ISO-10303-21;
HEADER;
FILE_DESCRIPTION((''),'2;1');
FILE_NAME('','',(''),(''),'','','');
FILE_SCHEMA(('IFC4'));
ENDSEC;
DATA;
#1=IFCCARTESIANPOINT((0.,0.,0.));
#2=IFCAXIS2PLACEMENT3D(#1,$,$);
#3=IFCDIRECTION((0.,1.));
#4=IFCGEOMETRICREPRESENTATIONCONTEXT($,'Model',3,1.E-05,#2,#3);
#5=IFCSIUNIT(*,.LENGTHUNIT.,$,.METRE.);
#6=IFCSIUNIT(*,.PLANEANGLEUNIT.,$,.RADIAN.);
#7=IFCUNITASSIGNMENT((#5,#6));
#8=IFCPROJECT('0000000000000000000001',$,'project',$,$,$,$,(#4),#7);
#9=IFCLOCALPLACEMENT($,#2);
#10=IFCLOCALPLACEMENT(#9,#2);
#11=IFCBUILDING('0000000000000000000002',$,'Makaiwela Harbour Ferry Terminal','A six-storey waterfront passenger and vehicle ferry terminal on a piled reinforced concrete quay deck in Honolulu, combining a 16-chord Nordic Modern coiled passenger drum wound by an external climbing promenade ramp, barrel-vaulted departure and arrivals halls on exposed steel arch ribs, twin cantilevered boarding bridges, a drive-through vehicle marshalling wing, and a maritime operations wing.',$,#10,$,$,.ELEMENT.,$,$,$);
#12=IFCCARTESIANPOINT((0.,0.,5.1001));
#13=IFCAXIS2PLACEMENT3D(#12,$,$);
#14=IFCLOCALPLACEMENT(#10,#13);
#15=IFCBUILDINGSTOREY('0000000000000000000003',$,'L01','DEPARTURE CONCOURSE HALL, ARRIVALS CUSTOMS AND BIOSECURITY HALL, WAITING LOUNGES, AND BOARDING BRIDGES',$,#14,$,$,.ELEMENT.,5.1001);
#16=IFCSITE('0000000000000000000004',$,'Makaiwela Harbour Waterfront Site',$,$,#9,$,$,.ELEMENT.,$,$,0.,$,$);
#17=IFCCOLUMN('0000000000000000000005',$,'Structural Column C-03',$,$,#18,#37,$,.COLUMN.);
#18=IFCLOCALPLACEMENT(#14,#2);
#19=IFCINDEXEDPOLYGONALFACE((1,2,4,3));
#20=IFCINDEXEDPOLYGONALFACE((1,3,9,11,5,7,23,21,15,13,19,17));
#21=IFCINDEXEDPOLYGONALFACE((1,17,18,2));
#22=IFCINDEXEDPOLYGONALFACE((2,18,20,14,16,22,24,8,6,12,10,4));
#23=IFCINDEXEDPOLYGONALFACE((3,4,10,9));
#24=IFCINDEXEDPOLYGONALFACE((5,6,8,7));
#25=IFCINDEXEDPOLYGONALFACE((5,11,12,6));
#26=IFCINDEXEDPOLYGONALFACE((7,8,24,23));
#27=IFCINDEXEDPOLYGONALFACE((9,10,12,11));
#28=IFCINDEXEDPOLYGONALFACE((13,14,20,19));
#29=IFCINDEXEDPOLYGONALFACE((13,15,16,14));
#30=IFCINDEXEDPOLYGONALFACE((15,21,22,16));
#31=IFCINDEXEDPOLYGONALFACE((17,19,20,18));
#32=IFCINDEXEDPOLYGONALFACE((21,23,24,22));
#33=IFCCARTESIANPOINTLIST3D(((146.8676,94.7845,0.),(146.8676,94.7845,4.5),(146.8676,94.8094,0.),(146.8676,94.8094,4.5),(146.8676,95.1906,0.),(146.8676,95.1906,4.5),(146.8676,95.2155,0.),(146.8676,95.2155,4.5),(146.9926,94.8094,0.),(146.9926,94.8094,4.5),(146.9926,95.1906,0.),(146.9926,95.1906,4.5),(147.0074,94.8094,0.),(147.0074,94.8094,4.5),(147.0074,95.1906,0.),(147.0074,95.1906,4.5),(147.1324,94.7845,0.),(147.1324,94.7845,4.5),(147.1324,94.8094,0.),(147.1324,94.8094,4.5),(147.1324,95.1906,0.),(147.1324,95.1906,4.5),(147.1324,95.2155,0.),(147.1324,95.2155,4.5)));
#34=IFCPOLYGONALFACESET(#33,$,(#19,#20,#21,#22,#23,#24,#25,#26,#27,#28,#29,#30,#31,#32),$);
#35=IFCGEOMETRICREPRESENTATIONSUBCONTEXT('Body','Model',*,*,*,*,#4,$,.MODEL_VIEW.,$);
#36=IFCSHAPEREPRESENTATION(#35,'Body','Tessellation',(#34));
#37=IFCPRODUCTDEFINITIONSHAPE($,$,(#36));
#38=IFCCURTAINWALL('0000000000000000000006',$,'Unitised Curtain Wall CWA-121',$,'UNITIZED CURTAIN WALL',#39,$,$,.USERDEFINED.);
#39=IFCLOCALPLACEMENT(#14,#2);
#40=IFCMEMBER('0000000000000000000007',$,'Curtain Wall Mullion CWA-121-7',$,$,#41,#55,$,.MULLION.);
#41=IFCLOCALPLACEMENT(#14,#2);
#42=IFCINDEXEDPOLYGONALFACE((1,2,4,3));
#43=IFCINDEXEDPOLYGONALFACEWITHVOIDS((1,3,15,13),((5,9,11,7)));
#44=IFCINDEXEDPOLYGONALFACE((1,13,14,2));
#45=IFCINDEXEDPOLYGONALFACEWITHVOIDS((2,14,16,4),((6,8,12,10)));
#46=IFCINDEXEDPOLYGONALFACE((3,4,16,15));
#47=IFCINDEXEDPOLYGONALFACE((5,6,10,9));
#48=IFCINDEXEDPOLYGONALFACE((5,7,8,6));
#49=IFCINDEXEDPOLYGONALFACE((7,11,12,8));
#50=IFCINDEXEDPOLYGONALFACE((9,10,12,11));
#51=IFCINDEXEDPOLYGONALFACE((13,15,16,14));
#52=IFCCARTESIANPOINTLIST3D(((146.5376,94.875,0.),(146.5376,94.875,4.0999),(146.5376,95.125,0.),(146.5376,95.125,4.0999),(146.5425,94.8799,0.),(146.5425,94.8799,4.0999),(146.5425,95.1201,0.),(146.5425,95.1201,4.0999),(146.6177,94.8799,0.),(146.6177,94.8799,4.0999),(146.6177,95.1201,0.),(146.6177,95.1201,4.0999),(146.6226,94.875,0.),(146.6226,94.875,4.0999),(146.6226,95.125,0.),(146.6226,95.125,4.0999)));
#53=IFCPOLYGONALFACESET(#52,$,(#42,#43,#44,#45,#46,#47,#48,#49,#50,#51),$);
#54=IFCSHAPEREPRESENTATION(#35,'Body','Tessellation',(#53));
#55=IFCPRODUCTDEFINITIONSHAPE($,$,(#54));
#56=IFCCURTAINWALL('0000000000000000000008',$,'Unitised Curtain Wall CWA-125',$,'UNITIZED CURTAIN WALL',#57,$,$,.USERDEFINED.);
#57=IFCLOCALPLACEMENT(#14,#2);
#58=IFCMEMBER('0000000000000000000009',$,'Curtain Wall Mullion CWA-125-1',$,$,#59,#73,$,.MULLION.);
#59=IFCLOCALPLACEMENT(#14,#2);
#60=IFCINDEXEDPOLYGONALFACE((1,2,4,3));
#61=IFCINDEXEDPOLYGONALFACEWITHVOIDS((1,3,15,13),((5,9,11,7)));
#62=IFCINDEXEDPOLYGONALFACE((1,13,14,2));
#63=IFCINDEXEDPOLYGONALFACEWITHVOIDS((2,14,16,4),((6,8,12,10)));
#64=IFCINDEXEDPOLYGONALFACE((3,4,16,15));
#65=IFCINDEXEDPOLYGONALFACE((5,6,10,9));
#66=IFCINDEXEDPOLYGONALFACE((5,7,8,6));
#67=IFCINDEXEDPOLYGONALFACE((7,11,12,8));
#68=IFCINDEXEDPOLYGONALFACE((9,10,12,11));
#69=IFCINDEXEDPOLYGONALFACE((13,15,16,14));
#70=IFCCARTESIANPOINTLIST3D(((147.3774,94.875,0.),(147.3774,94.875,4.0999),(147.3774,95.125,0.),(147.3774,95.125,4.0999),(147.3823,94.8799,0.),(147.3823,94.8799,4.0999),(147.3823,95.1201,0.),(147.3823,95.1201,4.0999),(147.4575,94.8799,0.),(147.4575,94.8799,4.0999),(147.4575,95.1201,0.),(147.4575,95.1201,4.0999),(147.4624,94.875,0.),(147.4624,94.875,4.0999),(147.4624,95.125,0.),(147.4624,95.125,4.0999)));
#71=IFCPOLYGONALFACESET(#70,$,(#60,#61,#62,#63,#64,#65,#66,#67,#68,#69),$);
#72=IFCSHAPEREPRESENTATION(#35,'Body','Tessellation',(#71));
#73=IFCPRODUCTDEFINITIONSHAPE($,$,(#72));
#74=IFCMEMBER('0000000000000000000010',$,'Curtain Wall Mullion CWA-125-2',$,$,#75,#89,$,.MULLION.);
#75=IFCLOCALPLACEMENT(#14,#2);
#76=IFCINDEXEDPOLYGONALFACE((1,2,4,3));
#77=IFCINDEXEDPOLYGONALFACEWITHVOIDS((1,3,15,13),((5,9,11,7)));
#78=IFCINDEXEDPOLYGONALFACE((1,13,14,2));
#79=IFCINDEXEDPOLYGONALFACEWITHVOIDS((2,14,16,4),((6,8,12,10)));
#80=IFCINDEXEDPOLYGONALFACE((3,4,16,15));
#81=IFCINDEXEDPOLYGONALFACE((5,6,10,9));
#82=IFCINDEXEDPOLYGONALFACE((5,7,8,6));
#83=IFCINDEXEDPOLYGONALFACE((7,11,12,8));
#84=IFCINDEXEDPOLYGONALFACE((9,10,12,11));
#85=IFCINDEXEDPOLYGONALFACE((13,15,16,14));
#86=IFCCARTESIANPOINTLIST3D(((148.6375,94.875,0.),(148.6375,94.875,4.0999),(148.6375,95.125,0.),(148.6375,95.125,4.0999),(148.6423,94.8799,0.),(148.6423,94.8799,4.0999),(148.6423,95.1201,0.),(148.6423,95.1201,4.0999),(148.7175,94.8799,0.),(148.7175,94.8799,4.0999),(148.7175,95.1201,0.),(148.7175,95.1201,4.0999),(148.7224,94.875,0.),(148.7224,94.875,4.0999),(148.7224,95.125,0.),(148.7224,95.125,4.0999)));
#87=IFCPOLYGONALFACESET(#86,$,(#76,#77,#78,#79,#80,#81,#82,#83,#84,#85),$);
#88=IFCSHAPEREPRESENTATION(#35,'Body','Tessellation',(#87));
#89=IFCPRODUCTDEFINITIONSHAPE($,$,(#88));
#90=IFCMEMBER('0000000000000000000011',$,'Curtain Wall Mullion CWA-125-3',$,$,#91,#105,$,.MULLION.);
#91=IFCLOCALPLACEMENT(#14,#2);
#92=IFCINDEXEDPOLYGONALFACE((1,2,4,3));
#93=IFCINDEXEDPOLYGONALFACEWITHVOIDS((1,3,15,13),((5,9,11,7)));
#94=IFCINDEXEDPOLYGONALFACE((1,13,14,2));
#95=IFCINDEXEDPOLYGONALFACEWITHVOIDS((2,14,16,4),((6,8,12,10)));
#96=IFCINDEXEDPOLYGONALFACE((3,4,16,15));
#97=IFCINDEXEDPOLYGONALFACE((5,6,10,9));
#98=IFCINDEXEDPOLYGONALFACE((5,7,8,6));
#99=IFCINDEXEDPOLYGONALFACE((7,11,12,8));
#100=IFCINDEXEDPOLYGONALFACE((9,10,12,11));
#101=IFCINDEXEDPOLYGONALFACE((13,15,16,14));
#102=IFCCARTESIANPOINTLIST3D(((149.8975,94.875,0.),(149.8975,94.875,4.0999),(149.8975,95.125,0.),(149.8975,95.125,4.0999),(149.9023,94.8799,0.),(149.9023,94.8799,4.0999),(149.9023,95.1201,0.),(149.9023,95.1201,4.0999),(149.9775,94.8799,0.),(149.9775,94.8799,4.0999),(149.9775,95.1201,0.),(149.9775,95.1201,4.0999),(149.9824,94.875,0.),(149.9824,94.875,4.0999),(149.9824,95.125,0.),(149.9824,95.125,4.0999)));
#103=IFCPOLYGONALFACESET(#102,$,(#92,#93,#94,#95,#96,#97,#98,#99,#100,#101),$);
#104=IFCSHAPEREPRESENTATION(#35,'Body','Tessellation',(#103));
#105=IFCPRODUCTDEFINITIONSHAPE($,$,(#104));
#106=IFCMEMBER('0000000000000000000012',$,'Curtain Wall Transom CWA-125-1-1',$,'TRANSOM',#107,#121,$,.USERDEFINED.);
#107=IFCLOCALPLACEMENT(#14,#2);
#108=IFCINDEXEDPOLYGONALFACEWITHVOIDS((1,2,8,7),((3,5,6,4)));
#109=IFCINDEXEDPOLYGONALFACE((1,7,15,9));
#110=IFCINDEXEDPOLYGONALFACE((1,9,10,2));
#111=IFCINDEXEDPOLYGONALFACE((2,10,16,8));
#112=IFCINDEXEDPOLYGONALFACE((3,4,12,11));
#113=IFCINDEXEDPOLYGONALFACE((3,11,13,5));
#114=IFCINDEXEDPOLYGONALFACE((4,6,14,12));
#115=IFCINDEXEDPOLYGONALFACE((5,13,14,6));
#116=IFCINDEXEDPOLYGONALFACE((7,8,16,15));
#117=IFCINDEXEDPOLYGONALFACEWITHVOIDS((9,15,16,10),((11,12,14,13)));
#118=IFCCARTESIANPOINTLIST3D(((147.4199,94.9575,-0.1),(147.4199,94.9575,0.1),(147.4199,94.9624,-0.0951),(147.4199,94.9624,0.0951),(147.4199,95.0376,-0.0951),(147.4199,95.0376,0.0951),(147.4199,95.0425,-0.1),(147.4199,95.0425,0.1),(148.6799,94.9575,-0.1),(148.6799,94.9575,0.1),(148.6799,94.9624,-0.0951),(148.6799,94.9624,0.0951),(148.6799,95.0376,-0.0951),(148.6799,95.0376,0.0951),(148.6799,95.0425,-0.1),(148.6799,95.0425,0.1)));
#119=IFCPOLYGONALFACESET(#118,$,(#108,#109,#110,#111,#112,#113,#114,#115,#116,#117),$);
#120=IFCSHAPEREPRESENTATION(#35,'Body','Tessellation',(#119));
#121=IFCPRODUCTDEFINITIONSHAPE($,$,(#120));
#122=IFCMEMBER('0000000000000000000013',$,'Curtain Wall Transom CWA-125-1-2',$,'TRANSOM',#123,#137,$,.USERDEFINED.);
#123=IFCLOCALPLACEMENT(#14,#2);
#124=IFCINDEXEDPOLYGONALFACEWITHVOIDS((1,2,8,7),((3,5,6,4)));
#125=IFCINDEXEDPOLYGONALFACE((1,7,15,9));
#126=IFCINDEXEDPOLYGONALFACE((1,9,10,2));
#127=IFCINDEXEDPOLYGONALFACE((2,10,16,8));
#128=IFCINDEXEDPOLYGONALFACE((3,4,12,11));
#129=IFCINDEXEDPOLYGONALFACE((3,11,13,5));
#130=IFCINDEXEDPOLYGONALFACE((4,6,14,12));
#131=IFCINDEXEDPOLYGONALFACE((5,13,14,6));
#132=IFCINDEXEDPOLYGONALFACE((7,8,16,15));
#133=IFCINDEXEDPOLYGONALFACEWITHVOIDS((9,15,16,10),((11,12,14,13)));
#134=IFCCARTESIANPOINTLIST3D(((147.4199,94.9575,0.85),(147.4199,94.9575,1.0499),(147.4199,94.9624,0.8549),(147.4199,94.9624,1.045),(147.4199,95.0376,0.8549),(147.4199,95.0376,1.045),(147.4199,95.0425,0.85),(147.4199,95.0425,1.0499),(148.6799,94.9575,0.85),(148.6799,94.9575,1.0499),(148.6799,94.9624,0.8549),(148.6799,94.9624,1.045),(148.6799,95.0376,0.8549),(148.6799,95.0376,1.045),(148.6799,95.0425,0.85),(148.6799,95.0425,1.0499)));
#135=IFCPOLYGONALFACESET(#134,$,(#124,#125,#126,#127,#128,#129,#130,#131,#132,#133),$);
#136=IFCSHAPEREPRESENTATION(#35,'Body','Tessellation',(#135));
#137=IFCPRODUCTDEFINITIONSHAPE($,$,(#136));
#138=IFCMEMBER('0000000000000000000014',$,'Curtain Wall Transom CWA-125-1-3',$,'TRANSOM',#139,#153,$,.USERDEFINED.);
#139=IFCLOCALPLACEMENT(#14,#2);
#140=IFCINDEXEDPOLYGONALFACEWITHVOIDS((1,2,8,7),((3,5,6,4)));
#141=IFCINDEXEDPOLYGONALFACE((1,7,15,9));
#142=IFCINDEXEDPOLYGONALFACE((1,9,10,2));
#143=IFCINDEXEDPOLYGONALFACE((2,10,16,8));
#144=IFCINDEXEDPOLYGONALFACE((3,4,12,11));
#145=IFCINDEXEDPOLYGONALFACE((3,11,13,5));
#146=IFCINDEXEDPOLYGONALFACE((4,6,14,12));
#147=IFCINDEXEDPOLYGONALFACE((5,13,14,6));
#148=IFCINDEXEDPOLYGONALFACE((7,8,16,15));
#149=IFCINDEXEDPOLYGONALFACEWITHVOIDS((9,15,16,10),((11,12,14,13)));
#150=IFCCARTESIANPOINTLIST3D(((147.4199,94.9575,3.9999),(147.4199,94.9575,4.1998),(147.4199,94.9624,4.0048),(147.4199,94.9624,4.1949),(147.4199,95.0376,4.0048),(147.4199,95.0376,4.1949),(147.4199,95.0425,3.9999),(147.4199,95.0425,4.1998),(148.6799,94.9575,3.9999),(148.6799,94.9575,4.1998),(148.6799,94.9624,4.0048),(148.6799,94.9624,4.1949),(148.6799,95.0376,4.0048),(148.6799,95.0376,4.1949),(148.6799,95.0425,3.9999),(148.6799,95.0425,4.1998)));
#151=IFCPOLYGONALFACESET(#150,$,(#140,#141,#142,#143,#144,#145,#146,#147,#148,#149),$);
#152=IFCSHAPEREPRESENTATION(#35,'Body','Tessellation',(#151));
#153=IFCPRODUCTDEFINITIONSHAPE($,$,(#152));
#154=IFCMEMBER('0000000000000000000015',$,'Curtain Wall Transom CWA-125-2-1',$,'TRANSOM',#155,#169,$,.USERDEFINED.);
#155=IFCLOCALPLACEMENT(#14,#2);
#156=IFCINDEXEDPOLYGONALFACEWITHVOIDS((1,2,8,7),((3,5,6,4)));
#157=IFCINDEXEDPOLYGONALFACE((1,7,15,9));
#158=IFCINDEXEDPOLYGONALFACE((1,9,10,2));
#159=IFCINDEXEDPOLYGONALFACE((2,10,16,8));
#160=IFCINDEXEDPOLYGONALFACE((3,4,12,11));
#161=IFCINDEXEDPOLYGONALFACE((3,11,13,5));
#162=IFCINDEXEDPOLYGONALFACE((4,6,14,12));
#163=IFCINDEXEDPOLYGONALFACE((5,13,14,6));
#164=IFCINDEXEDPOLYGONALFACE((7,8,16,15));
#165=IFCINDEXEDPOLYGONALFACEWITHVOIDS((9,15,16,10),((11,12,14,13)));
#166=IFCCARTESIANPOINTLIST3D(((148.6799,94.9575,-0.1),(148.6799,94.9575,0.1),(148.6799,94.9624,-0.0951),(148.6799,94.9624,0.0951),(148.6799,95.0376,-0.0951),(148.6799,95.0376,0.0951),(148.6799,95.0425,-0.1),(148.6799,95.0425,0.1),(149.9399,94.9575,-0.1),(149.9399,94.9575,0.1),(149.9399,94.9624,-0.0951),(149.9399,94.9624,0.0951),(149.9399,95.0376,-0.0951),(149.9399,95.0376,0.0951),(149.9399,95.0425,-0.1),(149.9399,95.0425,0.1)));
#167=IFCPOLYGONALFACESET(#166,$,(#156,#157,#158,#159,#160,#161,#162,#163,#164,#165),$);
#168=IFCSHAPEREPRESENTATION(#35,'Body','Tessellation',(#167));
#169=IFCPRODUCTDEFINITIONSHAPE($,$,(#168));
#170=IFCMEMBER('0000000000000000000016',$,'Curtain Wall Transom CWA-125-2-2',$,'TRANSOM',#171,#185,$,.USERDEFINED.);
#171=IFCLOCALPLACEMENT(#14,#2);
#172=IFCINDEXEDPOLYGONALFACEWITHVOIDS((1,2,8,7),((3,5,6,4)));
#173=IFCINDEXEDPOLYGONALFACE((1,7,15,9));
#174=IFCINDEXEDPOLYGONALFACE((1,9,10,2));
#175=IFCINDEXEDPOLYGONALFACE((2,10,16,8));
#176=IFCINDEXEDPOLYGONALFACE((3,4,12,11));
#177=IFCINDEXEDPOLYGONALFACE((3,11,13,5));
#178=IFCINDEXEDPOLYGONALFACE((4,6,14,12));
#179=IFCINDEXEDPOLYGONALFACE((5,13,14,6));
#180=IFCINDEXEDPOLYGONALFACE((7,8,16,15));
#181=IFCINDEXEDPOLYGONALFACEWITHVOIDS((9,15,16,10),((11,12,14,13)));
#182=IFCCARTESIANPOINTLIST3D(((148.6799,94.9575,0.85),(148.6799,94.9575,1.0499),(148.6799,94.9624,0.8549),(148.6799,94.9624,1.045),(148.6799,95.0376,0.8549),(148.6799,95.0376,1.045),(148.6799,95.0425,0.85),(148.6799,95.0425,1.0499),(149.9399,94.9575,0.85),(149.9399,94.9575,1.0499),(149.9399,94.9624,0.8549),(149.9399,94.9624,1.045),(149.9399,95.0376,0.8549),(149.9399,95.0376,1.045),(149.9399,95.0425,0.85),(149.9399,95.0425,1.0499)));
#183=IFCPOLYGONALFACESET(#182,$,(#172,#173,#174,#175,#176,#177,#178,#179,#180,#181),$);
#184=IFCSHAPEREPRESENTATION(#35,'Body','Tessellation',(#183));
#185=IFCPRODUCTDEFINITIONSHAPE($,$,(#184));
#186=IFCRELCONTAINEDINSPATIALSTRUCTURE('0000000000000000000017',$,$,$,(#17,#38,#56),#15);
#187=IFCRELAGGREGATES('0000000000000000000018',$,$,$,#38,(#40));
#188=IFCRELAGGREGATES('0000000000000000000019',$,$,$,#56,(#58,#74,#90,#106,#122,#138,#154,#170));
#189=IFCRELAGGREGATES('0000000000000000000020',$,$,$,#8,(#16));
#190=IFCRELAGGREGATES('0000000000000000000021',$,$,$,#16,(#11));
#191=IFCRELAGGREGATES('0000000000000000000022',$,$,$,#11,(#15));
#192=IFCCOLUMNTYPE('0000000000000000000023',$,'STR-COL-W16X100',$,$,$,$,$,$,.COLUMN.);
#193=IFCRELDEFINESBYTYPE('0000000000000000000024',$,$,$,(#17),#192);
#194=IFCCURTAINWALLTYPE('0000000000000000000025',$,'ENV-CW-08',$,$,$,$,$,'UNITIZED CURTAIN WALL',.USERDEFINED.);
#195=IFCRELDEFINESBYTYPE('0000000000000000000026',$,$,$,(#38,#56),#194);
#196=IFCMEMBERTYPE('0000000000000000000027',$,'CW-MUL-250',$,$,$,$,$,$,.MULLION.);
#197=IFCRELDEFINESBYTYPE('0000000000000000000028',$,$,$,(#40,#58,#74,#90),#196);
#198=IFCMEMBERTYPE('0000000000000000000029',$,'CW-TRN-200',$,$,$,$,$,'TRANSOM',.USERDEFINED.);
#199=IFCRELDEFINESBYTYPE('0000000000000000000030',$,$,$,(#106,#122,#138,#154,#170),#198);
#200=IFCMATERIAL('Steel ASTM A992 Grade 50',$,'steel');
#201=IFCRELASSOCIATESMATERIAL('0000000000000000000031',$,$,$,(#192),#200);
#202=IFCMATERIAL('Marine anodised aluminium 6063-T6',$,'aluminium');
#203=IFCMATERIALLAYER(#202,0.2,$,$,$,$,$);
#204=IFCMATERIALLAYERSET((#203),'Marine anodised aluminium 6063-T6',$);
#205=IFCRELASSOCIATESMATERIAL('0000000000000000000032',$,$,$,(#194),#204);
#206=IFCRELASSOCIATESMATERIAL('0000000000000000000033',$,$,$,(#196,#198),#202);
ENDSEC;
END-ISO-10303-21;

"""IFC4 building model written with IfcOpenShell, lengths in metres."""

from ifc_helpers import new_model, si_unit, direction, frame, origin, origin_2d, place, context, subcontext, project, spatial, hollow_rectangle, i_section, extrude, material, layer, layer_set, material_profile, profile_set, type_object, element, aggregate, save


model = new_model("IFC4")

# Units and contexts
model_context = context("Model", 3, precision=1e-05, world=origin(), true_north=direction((0.0, 1.0)))
body_context = subcontext(model_context, "Body", "Model", "MODEL_VIEW")
ifc_project = project(units=[si_unit("LENGTHUNIT", "METRE"), si_unit("PLANEANGLEUNIT", "RADIAN")], contexts=[model_context])

# Site, building, storey
site_placement = place(None, origin())
site = spatial("IfcSite", under=ifc_project, at=site_placement, Name="Makaiwela Harbour Waterfront Site", CompositionType="ELEMENT", RefElevation=0.0)
building_placement = place(site_placement, origin())
building = spatial("IfcBuilding", under=site, at=building_placement, Name="Makaiwela Harbour Ferry Terminal", Description="A six-storey waterfront passenger and vehicle ferry terminal on a piled reinforced concrete quay deck in Honolulu, combining a 16-chord Nordic Modern coiled passenger drum wound by an external climbing promenade ramp, barrel-vaulted departure and arrivals halls on exposed steel arch ribs, twin cantilevered boarding bridges, a drive-through vehicle marshalling wing, and a maritime operations wing.", CompositionType="ELEMENT")
storey_placement = place(building_placement, frame((0.0, 0.0, 5.1001)))
storey = spatial("IfcBuildingStorey", under=building, at=storey_placement, Name="L01", Description="DEPARTURE CONCOURSE HALL, ARRIVALS CUSTOMS AND BIOSECURITY HALL, WAITING LOUNGES, AND BOARDING BRIDGES", CompositionType="ELEMENT", Elevation=5.1001)

# Column
ifc_material_1 = material(Name="Steel ASTM A992 Grade 50", Category="steel")
ifc_material_profile_1 = material_profile(ifc_material_1, i_section(OverallWidth=0.2649, OverallDepth=0.4309, WebThickness=0.0149, FlangeThickness=0.0249, at=origin_2d()), Name="W16X100")
ifc_profile_set_1 = profile_set([ifc_material_profile_1], Name="Steel ASTM A992 Grade 50")
column_type = type_object("IfcColumnType", Name="STR-COL-W16X100", PredefinedType="COLUMN", material=ifc_profile_set_1)
column_placement = place(storey_placement, frame((147.0, 95.0, 0.0), z_axis=(0.0, 0.0, 1.0), x_axis=(1.0, 0.0, 0.0)))
element("IfcColumn", 1, at=column_placement, inside=storey, type_object=column_type, Name="Structural Column C-03", PredefinedType="COLUMN", context=body_context, shape_type="SweptSolid", body=[
    extrude(i_section(OverallWidth=0.2649, OverallDepth=0.4309, WebThickness=0.0149, FlangeThickness=0.0249, at=origin_2d()), origin(), (0.0, 0.0, 1.0), 4.5),
])

# Curtain wall, member
ifc_material_2 = material(Name="Marine anodised aluminium 6063-T6", Category="aluminium")
ifc_layer_1 = layer(ifc_material_2, 0.2)
ifc_layer_set_1 = layer_set([ifc_layer_1], Name="Marine anodised aluminium 6063-T6")
curtain_wall_type = type_object("IfcCurtainWallType", Name="ENV-CW-08", ElementType="UNITIZED CURTAIN WALL", PredefinedType="USERDEFINED", material=ifc_layer_set_1)
curtain_wall_1_placement = place(storey_placement, origin())
curtain_wall_1 = element("IfcCurtainWall", 2, at=curtain_wall_1_placement, inside=storey, type_object=curtain_wall_type, Name="Unitised Curtain Wall CWA-121", ObjectType="UNITIZED CURTAIN WALL", PredefinedType="USERDEFINED")
ifc_material_profile_2 = material_profile(ifc_material_2, hollow_rectangle(XDim=0.085, YDim=0.25, WallThickness=0.0049, at=origin_2d()), Name="CWM-250X85")
ifc_profile_set_2 = profile_set([ifc_material_profile_2], Name="Marine anodised aluminium 6063-T6")
member_type_1 = type_object("IfcMemberType", Name="CW-MUL-250", PredefinedType="MULLION", material=ifc_profile_set_2)
member_1_placement = place(storey_placement, frame((146.5801, 95.0, 0.0), z_axis=(0.0, 0.0, 1.0), x_axis=(1.0, 0.0, 0.0)))
member_1 = element("IfcMember", 3, at=member_1_placement, type_object=member_type_1, Name="Curtain Wall Mullion CWA-121-7", PredefinedType="MULLION", context=body_context, shape_type="SweptSolid", body=[
    extrude(hollow_rectangle(XDim=0.085, YDim=0.25, WallThickness=0.0049, at=origin_2d()), origin(), (0.0, 0.0, 1.0), 4.0999),
])

# Curtain wall, members
curtain_wall_2_placement = place(storey_placement, origin())
curtain_wall_2 = element("IfcCurtainWall", 4, at=curtain_wall_2_placement, inside=storey, type_object=curtain_wall_type, Name="Unitised Curtain Wall CWA-125", ObjectType="UNITIZED CURTAIN WALL", PredefinedType="USERDEFINED")
member_2_placement = place(storey_placement, frame((147.4199, 95.0, 0.0), z_axis=(0.0, 0.0, 1.0), x_axis=(1.0, 0.0, 0.0)))
member_2 = element("IfcMember", 5, at=member_2_placement, type_object=member_type_1, Name="Curtain Wall Mullion CWA-125-1", PredefinedType="MULLION", context=body_context, shape_type="SweptSolid", body=[
    extrude(hollow_rectangle(XDim=0.085, YDim=0.25, WallThickness=0.0049, at=origin_2d()), origin(), (0.0, 0.0, 1.0), 4.0999),
])
member_3_placement = place(storey_placement, frame((148.6799, 95.0, 0.0), z_axis=(0.0, 0.0, 1.0), x_axis=(1.0, 0.0, 0.0)))
member_3 = element("IfcMember", 6, at=member_3_placement, type_object=member_type_1, Name="Curtain Wall Mullion CWA-125-2", PredefinedType="MULLION", context=body_context, shape_type="SweptSolid", body=[
    extrude(hollow_rectangle(XDim=0.085, YDim=0.25, WallThickness=0.0049, at=origin_2d()), origin(), (0.0, 0.0, 1.0), 4.0999),
])
member_4_placement = place(storey_placement, frame((149.9399, 95.0, 0.0), z_axis=(0.0, 0.0, 1.0), x_axis=(1.0, 0.0, 0.0)))
member_4 = element("IfcMember", 7, at=member_4_placement, type_object=member_type_1, Name="Curtain Wall Mullion CWA-125-3", PredefinedType="MULLION", context=body_context, shape_type="SweptSolid", body=[
    extrude(hollow_rectangle(XDim=0.085, YDim=0.25, WallThickness=0.0049, at=origin_2d()), origin(), (0.0, 0.0, 1.0), 4.0999),
])
ifc_material_profile_3 = material_profile(ifc_material_2, hollow_rectangle(XDim=0.085, YDim=0.2, WallThickness=0.0049, at=origin_2d()), Name="CWT-200X85")
ifc_profile_set_3 = profile_set([ifc_material_profile_3], Name="Marine anodised aluminium 6063-T6")
member_type_2 = type_object("IfcMemberType", Name="CW-TRN-200", ElementType="TRANSOM", PredefinedType="USERDEFINED", material=ifc_profile_set_3)
member_5_placement = place(storey_placement, frame((147.4199, 95.0, 0.0), z_axis=(1.0, 0.0, 0.0), x_axis=(0.0, 1.0, 0.0)))
member_5 = element("IfcMember", 8, at=member_5_placement, type_object=member_type_2, Name="Curtain Wall Transom CWA-125-1-1", ObjectType="TRANSOM", PredefinedType="USERDEFINED", context=body_context, shape_type="SweptSolid", body=[
    extrude(hollow_rectangle(XDim=0.085, YDim=0.2, WallThickness=0.0049, at=origin_2d()), origin(), (0.0, 0.0, 1.0), 1.26),
])
member_6_placement = place(storey_placement, frame((147.4199, 95.0, 0.95), z_axis=(1.0, 0.0, 0.0), x_axis=(0.0, 1.0, 0.0)))
member_6 = element("IfcMember", 9, at=member_6_placement, type_object=member_type_2, Name="Curtain Wall Transom CWA-125-1-2", ObjectType="TRANSOM", PredefinedType="USERDEFINED", context=body_context, shape_type="SweptSolid", body=[
    extrude(hollow_rectangle(XDim=0.085, YDim=0.2, WallThickness=0.0049, at=origin_2d()), origin(), (0.0, 0.0, 1.0), 1.26),
])
member_7_placement = place(storey_placement, frame((147.4199, 95.0, 4.0999), z_axis=(1.0, 0.0, 0.0), x_axis=(0.0, 1.0, 0.0)))
member_7 = element("IfcMember", 10, at=member_7_placement, type_object=member_type_2, Name="Curtain Wall Transom CWA-125-1-3", ObjectType="TRANSOM", PredefinedType="USERDEFINED", context=body_context, shape_type="SweptSolid", body=[
    extrude(hollow_rectangle(XDim=0.085, YDim=0.2, WallThickness=0.0049, at=origin_2d()), origin(), (0.0, 0.0, 1.0), 1.26),
])
member_8_placement = place(storey_placement, frame((148.6799, 95.0, 0.0), z_axis=(1.0, 0.0, 0.0), x_axis=(0.0, 1.0, 0.0)))
member_8 = element("IfcMember", 11, at=member_8_placement, type_object=member_type_2, Name="Curtain Wall Transom CWA-125-2-1", ObjectType="TRANSOM", PredefinedType="USERDEFINED", context=body_context, shape_type="SweptSolid", body=[
    extrude(hollow_rectangle(XDim=0.085, YDim=0.2, WallThickness=0.0049, at=origin_2d()), origin(), (0.0, 0.0, 1.0), 1.26),
])
member_9_placement = place(storey_placement, frame((148.6799, 95.0, 0.95), z_axis=(1.0, 0.0, 0.0), x_axis=(0.0, 1.0, 0.0)))
member_9 = element("IfcMember", 12, at=member_9_placement, type_object=member_type_2, Name="Curtain Wall Transom CWA-125-2-2", ObjectType="TRANSOM", PredefinedType="USERDEFINED", context=body_context, shape_type="SweptSolid", body=[
    extrude(hollow_rectangle(XDim=0.085, YDim=0.2, WallThickness=0.0049, at=origin_2d()), origin(), (0.0, 0.0, 1.0), 1.26),
])

aggregate(curtain_wall_1, [member_1])
aggregate(curtain_wall_2, [member_2, member_3, member_4, member_5, member_6, member_7, member_8, member_9])

save(model, "model.ifc")
